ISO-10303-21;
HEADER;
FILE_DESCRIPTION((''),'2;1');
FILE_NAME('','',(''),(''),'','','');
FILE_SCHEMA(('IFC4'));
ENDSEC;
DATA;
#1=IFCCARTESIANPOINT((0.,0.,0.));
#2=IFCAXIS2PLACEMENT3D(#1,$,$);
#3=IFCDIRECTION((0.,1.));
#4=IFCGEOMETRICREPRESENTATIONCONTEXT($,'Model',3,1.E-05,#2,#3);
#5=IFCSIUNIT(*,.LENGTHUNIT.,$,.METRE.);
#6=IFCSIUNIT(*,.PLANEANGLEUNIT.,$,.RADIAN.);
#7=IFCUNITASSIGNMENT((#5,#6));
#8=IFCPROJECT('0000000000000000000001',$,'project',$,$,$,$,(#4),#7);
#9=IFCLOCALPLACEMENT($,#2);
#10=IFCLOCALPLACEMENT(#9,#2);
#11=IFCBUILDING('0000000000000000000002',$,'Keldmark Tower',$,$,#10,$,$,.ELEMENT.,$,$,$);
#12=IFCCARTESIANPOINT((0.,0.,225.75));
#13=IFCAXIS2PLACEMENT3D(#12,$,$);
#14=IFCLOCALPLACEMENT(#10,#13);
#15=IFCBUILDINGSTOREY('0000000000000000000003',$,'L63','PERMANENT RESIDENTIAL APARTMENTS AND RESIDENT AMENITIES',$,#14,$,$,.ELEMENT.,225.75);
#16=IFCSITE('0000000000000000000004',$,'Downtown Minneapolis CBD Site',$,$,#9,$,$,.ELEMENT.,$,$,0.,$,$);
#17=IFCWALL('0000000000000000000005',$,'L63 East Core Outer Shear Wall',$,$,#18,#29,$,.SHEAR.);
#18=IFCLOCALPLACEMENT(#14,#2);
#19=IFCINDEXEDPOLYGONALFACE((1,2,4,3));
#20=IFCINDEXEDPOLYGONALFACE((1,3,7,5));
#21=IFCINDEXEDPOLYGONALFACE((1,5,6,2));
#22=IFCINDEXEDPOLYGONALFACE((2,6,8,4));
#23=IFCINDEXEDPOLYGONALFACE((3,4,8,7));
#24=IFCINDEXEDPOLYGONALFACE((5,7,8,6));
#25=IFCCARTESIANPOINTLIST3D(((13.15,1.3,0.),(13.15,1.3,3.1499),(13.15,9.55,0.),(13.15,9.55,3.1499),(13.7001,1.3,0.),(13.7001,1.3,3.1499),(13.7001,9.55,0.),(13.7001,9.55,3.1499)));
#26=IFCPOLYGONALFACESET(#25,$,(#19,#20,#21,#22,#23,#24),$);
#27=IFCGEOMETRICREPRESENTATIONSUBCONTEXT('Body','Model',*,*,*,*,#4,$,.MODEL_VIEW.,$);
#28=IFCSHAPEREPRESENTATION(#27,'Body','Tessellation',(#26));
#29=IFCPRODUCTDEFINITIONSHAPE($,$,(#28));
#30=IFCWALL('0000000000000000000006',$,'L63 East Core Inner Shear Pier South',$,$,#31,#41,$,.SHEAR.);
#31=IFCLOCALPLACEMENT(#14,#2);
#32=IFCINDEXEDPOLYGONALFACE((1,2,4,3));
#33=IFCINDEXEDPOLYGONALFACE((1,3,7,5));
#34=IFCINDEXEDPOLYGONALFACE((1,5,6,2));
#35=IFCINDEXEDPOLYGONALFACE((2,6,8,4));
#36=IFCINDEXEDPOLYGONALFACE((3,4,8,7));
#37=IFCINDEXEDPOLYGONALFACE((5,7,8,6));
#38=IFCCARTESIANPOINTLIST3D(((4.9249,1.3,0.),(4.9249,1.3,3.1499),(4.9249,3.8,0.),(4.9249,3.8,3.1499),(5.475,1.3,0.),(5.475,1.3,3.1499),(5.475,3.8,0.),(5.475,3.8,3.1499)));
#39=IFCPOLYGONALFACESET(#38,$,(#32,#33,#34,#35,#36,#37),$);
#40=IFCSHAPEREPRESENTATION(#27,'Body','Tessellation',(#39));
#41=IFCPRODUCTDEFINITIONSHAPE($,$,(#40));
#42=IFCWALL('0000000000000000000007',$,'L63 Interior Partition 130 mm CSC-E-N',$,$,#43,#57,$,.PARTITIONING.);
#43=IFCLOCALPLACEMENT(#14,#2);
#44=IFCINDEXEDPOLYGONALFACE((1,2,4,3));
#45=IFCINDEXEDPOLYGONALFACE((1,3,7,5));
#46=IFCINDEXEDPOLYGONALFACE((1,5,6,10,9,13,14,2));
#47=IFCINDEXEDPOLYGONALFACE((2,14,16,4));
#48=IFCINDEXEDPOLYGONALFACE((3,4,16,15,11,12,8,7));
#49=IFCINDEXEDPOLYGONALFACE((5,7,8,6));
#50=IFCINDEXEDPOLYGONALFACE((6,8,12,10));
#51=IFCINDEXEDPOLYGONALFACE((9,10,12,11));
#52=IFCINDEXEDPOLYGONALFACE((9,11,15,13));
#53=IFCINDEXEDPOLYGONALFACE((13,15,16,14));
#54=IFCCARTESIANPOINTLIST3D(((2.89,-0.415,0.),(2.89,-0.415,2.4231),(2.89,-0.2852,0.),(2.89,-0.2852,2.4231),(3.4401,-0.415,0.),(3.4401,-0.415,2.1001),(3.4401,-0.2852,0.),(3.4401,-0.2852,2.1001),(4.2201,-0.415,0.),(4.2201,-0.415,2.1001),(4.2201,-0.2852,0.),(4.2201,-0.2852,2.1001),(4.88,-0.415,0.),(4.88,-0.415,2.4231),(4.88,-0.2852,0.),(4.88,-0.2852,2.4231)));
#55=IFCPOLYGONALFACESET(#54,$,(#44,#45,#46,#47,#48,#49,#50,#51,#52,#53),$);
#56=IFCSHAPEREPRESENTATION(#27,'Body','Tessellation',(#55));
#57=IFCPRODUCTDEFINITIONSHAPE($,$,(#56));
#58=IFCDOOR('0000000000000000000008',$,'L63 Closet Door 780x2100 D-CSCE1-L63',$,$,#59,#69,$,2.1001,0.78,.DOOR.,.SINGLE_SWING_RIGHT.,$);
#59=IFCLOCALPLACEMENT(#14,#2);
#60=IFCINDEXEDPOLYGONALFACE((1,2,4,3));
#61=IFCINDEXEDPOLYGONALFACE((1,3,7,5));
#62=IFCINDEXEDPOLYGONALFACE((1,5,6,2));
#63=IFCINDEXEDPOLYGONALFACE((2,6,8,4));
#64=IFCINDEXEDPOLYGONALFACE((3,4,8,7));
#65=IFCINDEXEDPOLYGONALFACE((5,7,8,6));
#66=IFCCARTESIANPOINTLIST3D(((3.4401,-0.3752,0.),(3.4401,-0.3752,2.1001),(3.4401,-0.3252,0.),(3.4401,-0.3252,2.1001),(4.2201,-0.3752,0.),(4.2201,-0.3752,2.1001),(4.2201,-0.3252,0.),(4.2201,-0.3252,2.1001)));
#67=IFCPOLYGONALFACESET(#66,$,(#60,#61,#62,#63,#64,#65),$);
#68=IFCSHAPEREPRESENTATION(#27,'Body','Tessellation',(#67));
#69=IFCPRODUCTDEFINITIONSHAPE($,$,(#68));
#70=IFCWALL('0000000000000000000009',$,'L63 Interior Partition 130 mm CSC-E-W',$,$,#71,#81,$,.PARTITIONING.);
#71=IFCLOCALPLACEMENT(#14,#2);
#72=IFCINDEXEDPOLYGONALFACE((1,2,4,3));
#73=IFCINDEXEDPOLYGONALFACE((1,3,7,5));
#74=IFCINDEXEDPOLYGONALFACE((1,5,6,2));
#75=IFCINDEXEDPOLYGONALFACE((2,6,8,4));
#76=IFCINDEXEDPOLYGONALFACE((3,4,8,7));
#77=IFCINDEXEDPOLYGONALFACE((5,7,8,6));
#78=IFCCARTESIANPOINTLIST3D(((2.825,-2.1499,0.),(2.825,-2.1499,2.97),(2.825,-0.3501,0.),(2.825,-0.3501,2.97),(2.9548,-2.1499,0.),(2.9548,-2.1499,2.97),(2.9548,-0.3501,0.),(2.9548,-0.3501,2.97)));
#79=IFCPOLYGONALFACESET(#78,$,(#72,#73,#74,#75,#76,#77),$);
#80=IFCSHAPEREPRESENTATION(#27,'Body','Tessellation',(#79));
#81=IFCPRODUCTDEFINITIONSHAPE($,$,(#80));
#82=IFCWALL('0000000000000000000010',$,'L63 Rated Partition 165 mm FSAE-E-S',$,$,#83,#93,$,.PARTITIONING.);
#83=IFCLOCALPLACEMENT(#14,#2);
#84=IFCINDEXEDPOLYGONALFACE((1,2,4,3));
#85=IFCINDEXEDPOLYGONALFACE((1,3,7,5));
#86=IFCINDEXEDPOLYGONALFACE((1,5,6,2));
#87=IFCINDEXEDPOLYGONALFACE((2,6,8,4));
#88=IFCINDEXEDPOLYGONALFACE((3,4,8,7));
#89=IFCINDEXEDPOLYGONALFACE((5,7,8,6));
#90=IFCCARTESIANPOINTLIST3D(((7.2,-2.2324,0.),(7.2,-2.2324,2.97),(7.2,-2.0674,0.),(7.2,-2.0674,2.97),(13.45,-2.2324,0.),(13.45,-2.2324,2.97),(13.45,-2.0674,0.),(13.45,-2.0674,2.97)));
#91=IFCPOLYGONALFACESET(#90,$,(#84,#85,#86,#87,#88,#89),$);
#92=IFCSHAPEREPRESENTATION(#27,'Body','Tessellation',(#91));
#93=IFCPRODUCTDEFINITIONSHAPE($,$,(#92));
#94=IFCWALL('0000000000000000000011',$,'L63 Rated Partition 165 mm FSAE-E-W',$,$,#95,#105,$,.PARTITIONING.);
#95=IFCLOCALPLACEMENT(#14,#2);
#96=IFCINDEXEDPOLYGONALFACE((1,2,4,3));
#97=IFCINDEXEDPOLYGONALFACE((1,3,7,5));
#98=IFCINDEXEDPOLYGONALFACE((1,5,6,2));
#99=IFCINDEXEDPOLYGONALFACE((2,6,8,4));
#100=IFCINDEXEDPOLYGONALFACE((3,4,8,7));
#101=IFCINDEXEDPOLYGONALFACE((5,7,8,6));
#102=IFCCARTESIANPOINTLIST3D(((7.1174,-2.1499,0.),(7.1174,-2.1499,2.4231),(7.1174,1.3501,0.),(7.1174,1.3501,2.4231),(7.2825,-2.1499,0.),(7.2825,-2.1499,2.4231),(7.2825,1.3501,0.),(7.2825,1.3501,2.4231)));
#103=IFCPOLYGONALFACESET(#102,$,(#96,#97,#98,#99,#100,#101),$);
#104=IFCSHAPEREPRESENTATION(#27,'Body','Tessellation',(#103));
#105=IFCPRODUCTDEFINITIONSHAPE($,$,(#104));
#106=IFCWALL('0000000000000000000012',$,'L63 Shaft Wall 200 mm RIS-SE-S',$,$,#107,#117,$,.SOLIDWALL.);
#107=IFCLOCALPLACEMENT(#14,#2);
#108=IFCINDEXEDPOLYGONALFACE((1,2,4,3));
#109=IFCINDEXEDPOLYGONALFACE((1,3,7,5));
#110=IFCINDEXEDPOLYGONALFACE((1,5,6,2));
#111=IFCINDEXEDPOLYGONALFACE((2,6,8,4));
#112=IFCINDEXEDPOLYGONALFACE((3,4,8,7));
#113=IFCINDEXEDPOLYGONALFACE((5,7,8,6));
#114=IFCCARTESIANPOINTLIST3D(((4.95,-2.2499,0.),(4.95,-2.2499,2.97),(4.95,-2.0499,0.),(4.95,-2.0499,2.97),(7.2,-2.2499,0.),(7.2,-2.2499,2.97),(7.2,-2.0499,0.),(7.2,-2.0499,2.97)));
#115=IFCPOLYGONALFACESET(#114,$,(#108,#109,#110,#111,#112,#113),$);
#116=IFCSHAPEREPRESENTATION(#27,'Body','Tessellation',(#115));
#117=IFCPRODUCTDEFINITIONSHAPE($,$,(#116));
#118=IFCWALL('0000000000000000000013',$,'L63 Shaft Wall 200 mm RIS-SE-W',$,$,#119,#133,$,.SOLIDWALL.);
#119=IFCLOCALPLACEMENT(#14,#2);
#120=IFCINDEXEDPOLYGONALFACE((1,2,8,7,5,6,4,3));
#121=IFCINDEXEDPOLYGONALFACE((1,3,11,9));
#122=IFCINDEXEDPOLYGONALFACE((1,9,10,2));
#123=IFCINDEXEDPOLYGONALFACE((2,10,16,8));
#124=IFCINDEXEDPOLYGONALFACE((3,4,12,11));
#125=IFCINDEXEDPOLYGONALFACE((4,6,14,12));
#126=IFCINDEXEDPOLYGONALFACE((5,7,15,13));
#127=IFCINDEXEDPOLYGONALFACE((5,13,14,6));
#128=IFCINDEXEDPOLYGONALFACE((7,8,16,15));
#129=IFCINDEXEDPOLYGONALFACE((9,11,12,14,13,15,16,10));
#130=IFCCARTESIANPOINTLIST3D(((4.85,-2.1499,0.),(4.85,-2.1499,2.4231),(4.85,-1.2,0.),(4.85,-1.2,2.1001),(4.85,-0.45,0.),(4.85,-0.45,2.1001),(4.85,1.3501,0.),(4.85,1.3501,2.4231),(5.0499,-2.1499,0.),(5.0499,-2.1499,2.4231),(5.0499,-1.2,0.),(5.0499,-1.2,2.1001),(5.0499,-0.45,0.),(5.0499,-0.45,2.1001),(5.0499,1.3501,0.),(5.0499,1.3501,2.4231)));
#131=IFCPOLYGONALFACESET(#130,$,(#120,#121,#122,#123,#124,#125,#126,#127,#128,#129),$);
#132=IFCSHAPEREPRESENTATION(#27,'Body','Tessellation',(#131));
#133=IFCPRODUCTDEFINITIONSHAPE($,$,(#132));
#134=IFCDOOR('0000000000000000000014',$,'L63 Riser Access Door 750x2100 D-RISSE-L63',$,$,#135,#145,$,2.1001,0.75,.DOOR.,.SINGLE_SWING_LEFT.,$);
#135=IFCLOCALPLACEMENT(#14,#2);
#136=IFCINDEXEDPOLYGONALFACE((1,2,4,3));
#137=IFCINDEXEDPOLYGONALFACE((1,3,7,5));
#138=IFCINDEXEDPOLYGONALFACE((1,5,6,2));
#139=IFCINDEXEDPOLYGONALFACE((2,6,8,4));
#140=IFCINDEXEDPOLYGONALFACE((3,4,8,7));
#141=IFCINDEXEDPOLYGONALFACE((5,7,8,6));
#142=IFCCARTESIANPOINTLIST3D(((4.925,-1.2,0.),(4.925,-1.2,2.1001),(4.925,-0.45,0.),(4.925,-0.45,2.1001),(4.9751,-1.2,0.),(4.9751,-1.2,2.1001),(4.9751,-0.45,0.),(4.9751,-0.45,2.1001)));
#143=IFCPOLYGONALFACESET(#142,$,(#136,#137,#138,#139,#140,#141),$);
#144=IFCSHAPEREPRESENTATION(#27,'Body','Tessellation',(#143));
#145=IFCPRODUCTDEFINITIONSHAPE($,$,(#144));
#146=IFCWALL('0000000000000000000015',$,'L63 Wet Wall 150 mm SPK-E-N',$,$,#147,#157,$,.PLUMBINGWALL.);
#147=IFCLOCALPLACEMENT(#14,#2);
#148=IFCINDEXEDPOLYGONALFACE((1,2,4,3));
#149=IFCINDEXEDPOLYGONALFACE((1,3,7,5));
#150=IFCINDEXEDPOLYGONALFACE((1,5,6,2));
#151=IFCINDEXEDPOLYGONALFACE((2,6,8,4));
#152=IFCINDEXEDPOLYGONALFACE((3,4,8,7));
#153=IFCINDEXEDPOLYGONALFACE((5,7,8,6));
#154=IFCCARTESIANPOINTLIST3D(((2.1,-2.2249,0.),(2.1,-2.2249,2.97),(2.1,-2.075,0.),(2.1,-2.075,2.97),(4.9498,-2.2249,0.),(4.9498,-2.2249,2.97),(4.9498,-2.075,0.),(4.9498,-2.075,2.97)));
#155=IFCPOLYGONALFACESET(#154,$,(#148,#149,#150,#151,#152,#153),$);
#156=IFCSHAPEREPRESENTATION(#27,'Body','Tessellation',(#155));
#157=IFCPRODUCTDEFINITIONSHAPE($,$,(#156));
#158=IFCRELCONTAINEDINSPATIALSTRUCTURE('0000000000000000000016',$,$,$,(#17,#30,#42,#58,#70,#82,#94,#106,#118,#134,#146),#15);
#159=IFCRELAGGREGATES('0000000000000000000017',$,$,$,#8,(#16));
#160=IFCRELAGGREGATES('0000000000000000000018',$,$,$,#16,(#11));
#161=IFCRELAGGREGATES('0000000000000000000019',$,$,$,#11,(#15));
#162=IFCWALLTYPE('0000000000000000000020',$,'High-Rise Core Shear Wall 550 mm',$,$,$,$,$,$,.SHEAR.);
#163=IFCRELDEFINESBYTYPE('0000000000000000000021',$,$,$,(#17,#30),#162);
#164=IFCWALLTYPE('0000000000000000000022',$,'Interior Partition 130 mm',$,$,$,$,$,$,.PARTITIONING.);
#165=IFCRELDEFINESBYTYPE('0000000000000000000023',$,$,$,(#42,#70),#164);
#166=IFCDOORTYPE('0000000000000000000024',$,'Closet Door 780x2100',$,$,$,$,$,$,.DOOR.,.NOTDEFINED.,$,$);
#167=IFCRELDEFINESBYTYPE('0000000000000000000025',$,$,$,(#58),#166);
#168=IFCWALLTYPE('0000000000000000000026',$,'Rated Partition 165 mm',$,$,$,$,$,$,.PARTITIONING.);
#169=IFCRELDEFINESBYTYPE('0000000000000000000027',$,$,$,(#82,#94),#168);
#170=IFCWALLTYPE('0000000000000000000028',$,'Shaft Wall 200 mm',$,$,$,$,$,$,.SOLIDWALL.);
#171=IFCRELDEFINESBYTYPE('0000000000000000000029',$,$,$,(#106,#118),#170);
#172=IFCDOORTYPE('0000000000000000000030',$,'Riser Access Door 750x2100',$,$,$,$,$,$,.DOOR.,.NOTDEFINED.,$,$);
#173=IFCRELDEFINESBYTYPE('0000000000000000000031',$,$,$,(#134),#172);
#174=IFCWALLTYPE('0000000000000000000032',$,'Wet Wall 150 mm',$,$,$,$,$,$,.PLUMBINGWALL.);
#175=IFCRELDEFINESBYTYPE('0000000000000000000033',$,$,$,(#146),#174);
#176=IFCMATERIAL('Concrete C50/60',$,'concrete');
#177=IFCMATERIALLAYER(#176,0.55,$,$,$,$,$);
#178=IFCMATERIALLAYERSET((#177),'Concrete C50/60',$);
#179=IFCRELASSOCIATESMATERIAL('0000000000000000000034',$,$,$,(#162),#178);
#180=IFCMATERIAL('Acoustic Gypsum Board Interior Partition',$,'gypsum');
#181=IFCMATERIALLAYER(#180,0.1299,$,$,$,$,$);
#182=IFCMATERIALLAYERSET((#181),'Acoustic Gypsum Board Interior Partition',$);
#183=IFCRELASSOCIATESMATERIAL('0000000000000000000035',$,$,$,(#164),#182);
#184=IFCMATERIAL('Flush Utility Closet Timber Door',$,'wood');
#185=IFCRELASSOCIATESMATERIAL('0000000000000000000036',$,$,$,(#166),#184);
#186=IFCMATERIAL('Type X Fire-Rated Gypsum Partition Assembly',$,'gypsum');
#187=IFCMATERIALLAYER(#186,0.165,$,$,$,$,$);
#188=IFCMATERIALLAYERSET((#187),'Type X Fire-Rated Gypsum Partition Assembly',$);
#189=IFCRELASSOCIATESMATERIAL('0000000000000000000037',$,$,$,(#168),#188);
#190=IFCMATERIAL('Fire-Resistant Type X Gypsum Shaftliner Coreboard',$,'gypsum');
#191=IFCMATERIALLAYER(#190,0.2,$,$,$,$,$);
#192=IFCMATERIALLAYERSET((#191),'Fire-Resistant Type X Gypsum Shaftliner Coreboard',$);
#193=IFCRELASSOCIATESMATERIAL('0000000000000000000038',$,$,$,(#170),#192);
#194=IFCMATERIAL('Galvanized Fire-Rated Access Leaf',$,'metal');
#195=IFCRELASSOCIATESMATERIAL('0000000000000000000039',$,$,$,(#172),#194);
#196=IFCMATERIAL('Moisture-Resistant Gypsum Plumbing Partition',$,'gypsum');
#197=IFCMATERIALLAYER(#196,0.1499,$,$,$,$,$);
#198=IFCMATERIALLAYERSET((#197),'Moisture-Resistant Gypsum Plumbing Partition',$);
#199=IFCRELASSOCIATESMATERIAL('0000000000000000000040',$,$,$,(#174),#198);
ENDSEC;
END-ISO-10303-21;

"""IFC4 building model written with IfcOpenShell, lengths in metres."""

from ifc_helpers import new_model, si_unit, direction, frame, frame_2d, origin, place, context, subcontext, project, spatial, rectangle, extrude, material, layer, layer_set, type_object, element, fill, save


model = new_model("IFC4")

# Units and contexts
model_context = context("Model", 3, precision=1e-05, world=origin(), true_north=direction((0.0, 1.0)))
body_context = subcontext(model_context, "Body", "Model", "MODEL_VIEW")
ifc_project = project(units=[si_unit("LENGTHUNIT", "METRE"), si_unit("PLANEANGLEUNIT", "RADIAN")], contexts=[model_context])

# Site, building, storey
site_placement = place(None, origin())
site = spatial("IfcSite", under=ifc_project, at=site_placement, Name="Downtown Minneapolis CBD Site", CompositionType="ELEMENT", RefElevation=0.0)
building_placement = place(site_placement, origin())
building = spatial("IfcBuilding", under=site, at=building_placement, Name="Keldmark Tower", CompositionType="ELEMENT")
storey_placement = place(building_placement, frame((0.0, 0.0, 225.75)))
storey = spatial("IfcBuildingStorey", under=building, at=storey_placement, Name="L63", Description="PERMANENT RESIDENTIAL APARTMENTS AND RESIDENT AMENITIES", CompositionType="ELEMENT", Elevation=225.75)

# Walls
ifc_material_1 = material(Name="Concrete C50/60", Category="concrete")
ifc_layer_1 = layer(ifc_material_1, 0.55)
ifc_layer_set_1 = layer_set([ifc_layer_1], Name="Concrete C50/60")
wall_type_1 = type_object("IfcWallType", Name="High-Rise Core Shear Wall 550 mm", PredefinedType="SHEAR", material=ifc_layer_set_1)
wall_1_placement = place(storey_placement, frame((13.425, 1.3, 0.0), z_axis=(0.0, 0.0, 1.0), x_axis=(0.0, 1.0, 0.0)))
element("IfcWall", 1, at=wall_1_placement, inside=storey, type_object=wall_type_1, Name="L63 East Core Outer Shear Wall", PredefinedType="SHEAR", context=body_context, shape_type="SweptSolid", body=[
    extrude(rectangle(XDim=8.25, YDim=0.55, at=frame_2d((4.125, 0.0))), origin(), (0.0, 0.0, 1.0), 3.1499),
])
wall_2_placement = place(storey_placement, frame((5.2, 1.3, 0.0), z_axis=(0.0, 0.0, 1.0), x_axis=(0.0, 1.0, 0.0)))
element("IfcWall", 2, at=wall_2_placement, inside=storey, type_object=wall_type_1, Name="L63 East Core Inner Shear Pier South", PredefinedType="SHEAR", context=body_context, shape_type="SweptSolid", body=[
    extrude(rectangle(XDim=2.5, YDim=0.55, at=frame_2d((1.25, 0.0))), origin(), (0.0, 0.0, 1.0), 3.1499),
])

# Wall, opening, door
ifc_material_2 = material(Name="Acoustic Gypsum Board Interior Partition", Category="gypsum")
ifc_layer_2 = layer(ifc_material_2, 0.1299)
ifc_layer_set_2 = layer_set([ifc_layer_2], Name="Acoustic Gypsum Board Interior Partition")
wall_type_2 = type_object("IfcWallType", Name="Interior Partition 130 mm", PredefinedType="PARTITIONING", material=ifc_layer_set_2)
wall_3_placement = place(storey_placement, frame((2.8899, -0.3501, 0.0), z_axis=(0.0, 0.0, 1.0), x_axis=(1.0, 0.0, 0.0)))
wall_3 = element("IfcWall", 3, at=wall_3_placement, inside=storey, type_object=wall_type_2, Name="L63 Interior Partition 130 mm CSC-E-N", PredefinedType="PARTITIONING", context=body_context, shape_type="SweptSolid", body=[
    extrude(rectangle(XDim=1.99, YDim=0.1299, at=frame_2d((0.9951, 0.0))), origin(), (0.0, 0.0, 1.0), 2.4231),
])
opening_1_placement = place(wall_3_placement, frame((0.55, 0.0, 0.0)))
opening_1 = element("IfcOpeningElement", 4, at=opening_1_placement, cuts=wall_3, PredefinedType="OPENING", context=body_context, shape_type="SweptSolid", body=[
    extrude(rectangle(XDim=0.78, YDim=2.1001, at=frame_2d((0.3901, 1.05))), frame((0.0, 0.075, 0.0), z_axis=(0.0, -1.0, 0.0), x_axis=(1.0, 0.0, 0.0)), (0.0, 0.0, 1.0), 0.1499),
])
ifc_material_3 = material(Name="Flush Utility Closet Timber Door", Category="wood")
door_type_1 = type_object("IfcDoorType", Name="Closet Door 780x2100", OperationType="NOTDEFINED", PredefinedType="DOOR", material=ifc_material_3)
door_1_placement = place(opening_1_placement, origin())
door_1 = element("IfcDoor", 5, at=door_1_placement, inside=storey, type_object=door_type_1, Name="L63 Closet Door 780x2100 D-CSCE1-L63", OperationType="SINGLE_SWING_RIGHT", OverallHeight=2.1001, OverallWidth=0.78, PredefinedType="DOOR", context=body_context, shape_type="SweptSolid", body=[
    extrude(rectangle(XDim=0.78, YDim=2.1001, at=frame_2d((0.3901, 1.05))), frame((0.0, 0.0249, 0.0), z_axis=(0.0, -1.0, 0.0), x_axis=(1.0, 0.0, 0.0)), (0.0, 0.0, 1.0), 0.05),
])
fill(opening_1, door_1)

# Walls
wall_4_placement = place(storey_placement, frame((2.8899, -2.1499, 0.0), z_axis=(0.0, 0.0, 1.0), x_axis=(0.0, 1.0, 0.0)))
element("IfcWall", 6, at=wall_4_placement, inside=storey, type_object=wall_type_2, Name="L63 Interior Partition 130 mm CSC-E-W", PredefinedType="PARTITIONING", context=body_context, shape_type="SweptSolid", body=[
    extrude(rectangle(XDim=1.7998, YDim=0.1299, at=frame_2d((0.8999, 0.0))), origin(), (0.0, 0.0, 1.0), 2.97),
])
ifc_material_4 = material(Name="Type X Fire-Rated Gypsum Partition Assembly", Category="gypsum")
ifc_layer_3 = layer(ifc_material_4, 0.165)
ifc_layer_set_3 = layer_set([ifc_layer_3], Name="Type X Fire-Rated Gypsum Partition Assembly")
wall_type_3 = type_object("IfcWallType", Name="Rated Partition 165 mm", PredefinedType="PARTITIONING", material=ifc_layer_set_3)
wall_5_placement = place(storey_placement, frame((7.2, -2.1499, 0.0), z_axis=(0.0, 0.0, 1.0), x_axis=(1.0, 0.0, 0.0)))
element("IfcWall", 7, at=wall_5_placement, inside=storey, type_object=wall_type_3, Name="L63 Rated Partition 165 mm FSAE-E-S", PredefinedType="PARTITIONING", context=body_context, shape_type="SweptSolid", body=[
    extrude(rectangle(XDim=6.25, YDim=0.165, at=frame_2d((3.125, 0.0))), origin(), (0.0, 0.0, 1.0), 2.97),
])
wall_6_placement = place(storey_placement, frame((7.2, -2.1499, 0.0), z_axis=(0.0, 0.0, 1.0), x_axis=(0.0, 1.0, 0.0)))
element("IfcWall", 8, at=wall_6_placement, inside=storey, type_object=wall_type_3, Name="L63 Rated Partition 165 mm FSAE-E-W", PredefinedType="PARTITIONING", context=body_context, shape_type="SweptSolid", body=[
    extrude(rectangle(XDim=3.5, YDim=0.165, at=frame_2d((1.75, 0.0))), origin(), (0.0, 0.0, 1.0), 2.4231),
])
ifc_material_5 = material(Name="Fire-Resistant Type X Gypsum Shaftliner Coreboard", Category="gypsum")
ifc_layer_4 = layer(ifc_material_5, 0.2)
ifc_layer_set_4 = layer_set([ifc_layer_4], Name="Fire-Resistant Type X Gypsum Shaftliner Coreboard")
wall_type_4 = type_object("IfcWallType", Name="Shaft Wall 200 mm", PredefinedType="SOLIDWALL", material=ifc_layer_set_4)
wall_7_placement = place(storey_placement, frame((4.95, -2.1499, 0.0), z_axis=(0.0, 0.0, 1.0), x_axis=(1.0, 0.0, 0.0)))
element("IfcWall", 9, at=wall_7_placement, inside=storey, type_object=wall_type_4, Name="L63 Shaft Wall 200 mm RIS-SE-S", PredefinedType="SOLIDWALL", context=body_context, shape_type="SweptSolid", body=[
    extrude(rectangle(XDim=2.25, YDim=0.2, at=frame_2d((1.125, 0.0))), origin(), (0.0, 0.0, 1.0), 2.97),
])

# Wall, opening, door
wall_8_placement = place(storey_placement, frame((4.95, -2.1499, 0.0), z_axis=(0.0, 0.0, 1.0), x_axis=(0.0, 1.0, 0.0)))
wall_8 = element("IfcWall", 10, at=wall_8_placement, inside=storey, type_object=wall_type_4, Name="L63 Shaft Wall 200 mm RIS-SE-W", PredefinedType="SOLIDWALL", context=body_context, shape_type="SweptSolid", body=[
    extrude(rectangle(XDim=3.5, YDim=0.2, at=frame_2d((1.75, 0.0))), origin(), (0.0, 0.0, 1.0), 2.4231),
])
opening_2_placement = place(wall_8_placement, frame((0.95, 0.0, 0.0)))
opening_2 = element("IfcOpeningElement", 11, at=opening_2_placement, cuts=wall_8, PredefinedType="OPENING", context=body_context, shape_type="SweptSolid", body=[
    extrude(rectangle(XDim=0.75, YDim=2.1001, at=frame_2d((0.375, 1.05))), frame((0.0, 0.1099, 0.0), z_axis=(0.0, -1.0, 0.0), x_axis=(1.0, 0.0, 0.0)), (0.0, 0.0, 1.0), 0.22),
])
ifc_material_6 = material(Name="Galvanized Fire-Rated Access Leaf", Category="metal")
door_type_2 = type_object("IfcDoorType", Name="Riser Access Door 750x2100", OperationType="NOTDEFINED", PredefinedType="DOOR", material=ifc_material_6)
door_2_placement = place(opening_2_placement, origin())
door_2 = element("IfcDoor", 12, at=door_2_placement, inside=storey, type_object=door_type_2, Name="L63 Riser Access Door 750x2100 D-RISSE-L63", OperationType="SINGLE_SWING_LEFT", OverallHeight=2.1001, OverallWidth=0.75, PredefinedType="DOOR", context=body_context, shape_type="SweptSolid", body=[
    extrude(rectangle(XDim=0.75, YDim=2.1001, at=frame_2d((0.375, 1.05))), frame((0.0, 0.0249, 0.0), z_axis=(0.0, -1.0, 0.0), x_axis=(1.0, 0.0, 0.0)), (0.0, 0.0, 1.0), 0.05),
])
fill(opening_2, door_2)

# Wall
ifc_material_7 = material(Name="Moisture-Resistant Gypsum Plumbing Partition", Category="gypsum")
ifc_layer_5 = layer(ifc_material_7, 0.1499)
ifc_layer_set_5 = layer_set([ifc_layer_5], Name="Moisture-Resistant Gypsum Plumbing Partition")
wall_type_5 = type_object("IfcWallType", Name="Wet Wall 150 mm", PredefinedType="PLUMBINGWALL", material=ifc_layer_set_5)
wall_9_placement = place(storey_placement, frame((2.1001, -2.1499, 0.0), z_axis=(0.0, 0.0, 1.0), x_axis=(1.0, 0.0, 0.0)))
element("IfcWall", 13, at=wall_9_placement, inside=storey, type_object=wall_type_5, Name="L63 Wet Wall 150 mm SPK-E-N", PredefinedType="PLUMBINGWALL", context=body_context, shape_type="SweptSolid", body=[
    extrude(rectangle(XDim=2.8499, YDim=0.1499, at=frame_2d((1.4248, 0.0))), origin(), (0.0, 0.0, 1.0), 2.97),
])

save(model, "model.ifc")
